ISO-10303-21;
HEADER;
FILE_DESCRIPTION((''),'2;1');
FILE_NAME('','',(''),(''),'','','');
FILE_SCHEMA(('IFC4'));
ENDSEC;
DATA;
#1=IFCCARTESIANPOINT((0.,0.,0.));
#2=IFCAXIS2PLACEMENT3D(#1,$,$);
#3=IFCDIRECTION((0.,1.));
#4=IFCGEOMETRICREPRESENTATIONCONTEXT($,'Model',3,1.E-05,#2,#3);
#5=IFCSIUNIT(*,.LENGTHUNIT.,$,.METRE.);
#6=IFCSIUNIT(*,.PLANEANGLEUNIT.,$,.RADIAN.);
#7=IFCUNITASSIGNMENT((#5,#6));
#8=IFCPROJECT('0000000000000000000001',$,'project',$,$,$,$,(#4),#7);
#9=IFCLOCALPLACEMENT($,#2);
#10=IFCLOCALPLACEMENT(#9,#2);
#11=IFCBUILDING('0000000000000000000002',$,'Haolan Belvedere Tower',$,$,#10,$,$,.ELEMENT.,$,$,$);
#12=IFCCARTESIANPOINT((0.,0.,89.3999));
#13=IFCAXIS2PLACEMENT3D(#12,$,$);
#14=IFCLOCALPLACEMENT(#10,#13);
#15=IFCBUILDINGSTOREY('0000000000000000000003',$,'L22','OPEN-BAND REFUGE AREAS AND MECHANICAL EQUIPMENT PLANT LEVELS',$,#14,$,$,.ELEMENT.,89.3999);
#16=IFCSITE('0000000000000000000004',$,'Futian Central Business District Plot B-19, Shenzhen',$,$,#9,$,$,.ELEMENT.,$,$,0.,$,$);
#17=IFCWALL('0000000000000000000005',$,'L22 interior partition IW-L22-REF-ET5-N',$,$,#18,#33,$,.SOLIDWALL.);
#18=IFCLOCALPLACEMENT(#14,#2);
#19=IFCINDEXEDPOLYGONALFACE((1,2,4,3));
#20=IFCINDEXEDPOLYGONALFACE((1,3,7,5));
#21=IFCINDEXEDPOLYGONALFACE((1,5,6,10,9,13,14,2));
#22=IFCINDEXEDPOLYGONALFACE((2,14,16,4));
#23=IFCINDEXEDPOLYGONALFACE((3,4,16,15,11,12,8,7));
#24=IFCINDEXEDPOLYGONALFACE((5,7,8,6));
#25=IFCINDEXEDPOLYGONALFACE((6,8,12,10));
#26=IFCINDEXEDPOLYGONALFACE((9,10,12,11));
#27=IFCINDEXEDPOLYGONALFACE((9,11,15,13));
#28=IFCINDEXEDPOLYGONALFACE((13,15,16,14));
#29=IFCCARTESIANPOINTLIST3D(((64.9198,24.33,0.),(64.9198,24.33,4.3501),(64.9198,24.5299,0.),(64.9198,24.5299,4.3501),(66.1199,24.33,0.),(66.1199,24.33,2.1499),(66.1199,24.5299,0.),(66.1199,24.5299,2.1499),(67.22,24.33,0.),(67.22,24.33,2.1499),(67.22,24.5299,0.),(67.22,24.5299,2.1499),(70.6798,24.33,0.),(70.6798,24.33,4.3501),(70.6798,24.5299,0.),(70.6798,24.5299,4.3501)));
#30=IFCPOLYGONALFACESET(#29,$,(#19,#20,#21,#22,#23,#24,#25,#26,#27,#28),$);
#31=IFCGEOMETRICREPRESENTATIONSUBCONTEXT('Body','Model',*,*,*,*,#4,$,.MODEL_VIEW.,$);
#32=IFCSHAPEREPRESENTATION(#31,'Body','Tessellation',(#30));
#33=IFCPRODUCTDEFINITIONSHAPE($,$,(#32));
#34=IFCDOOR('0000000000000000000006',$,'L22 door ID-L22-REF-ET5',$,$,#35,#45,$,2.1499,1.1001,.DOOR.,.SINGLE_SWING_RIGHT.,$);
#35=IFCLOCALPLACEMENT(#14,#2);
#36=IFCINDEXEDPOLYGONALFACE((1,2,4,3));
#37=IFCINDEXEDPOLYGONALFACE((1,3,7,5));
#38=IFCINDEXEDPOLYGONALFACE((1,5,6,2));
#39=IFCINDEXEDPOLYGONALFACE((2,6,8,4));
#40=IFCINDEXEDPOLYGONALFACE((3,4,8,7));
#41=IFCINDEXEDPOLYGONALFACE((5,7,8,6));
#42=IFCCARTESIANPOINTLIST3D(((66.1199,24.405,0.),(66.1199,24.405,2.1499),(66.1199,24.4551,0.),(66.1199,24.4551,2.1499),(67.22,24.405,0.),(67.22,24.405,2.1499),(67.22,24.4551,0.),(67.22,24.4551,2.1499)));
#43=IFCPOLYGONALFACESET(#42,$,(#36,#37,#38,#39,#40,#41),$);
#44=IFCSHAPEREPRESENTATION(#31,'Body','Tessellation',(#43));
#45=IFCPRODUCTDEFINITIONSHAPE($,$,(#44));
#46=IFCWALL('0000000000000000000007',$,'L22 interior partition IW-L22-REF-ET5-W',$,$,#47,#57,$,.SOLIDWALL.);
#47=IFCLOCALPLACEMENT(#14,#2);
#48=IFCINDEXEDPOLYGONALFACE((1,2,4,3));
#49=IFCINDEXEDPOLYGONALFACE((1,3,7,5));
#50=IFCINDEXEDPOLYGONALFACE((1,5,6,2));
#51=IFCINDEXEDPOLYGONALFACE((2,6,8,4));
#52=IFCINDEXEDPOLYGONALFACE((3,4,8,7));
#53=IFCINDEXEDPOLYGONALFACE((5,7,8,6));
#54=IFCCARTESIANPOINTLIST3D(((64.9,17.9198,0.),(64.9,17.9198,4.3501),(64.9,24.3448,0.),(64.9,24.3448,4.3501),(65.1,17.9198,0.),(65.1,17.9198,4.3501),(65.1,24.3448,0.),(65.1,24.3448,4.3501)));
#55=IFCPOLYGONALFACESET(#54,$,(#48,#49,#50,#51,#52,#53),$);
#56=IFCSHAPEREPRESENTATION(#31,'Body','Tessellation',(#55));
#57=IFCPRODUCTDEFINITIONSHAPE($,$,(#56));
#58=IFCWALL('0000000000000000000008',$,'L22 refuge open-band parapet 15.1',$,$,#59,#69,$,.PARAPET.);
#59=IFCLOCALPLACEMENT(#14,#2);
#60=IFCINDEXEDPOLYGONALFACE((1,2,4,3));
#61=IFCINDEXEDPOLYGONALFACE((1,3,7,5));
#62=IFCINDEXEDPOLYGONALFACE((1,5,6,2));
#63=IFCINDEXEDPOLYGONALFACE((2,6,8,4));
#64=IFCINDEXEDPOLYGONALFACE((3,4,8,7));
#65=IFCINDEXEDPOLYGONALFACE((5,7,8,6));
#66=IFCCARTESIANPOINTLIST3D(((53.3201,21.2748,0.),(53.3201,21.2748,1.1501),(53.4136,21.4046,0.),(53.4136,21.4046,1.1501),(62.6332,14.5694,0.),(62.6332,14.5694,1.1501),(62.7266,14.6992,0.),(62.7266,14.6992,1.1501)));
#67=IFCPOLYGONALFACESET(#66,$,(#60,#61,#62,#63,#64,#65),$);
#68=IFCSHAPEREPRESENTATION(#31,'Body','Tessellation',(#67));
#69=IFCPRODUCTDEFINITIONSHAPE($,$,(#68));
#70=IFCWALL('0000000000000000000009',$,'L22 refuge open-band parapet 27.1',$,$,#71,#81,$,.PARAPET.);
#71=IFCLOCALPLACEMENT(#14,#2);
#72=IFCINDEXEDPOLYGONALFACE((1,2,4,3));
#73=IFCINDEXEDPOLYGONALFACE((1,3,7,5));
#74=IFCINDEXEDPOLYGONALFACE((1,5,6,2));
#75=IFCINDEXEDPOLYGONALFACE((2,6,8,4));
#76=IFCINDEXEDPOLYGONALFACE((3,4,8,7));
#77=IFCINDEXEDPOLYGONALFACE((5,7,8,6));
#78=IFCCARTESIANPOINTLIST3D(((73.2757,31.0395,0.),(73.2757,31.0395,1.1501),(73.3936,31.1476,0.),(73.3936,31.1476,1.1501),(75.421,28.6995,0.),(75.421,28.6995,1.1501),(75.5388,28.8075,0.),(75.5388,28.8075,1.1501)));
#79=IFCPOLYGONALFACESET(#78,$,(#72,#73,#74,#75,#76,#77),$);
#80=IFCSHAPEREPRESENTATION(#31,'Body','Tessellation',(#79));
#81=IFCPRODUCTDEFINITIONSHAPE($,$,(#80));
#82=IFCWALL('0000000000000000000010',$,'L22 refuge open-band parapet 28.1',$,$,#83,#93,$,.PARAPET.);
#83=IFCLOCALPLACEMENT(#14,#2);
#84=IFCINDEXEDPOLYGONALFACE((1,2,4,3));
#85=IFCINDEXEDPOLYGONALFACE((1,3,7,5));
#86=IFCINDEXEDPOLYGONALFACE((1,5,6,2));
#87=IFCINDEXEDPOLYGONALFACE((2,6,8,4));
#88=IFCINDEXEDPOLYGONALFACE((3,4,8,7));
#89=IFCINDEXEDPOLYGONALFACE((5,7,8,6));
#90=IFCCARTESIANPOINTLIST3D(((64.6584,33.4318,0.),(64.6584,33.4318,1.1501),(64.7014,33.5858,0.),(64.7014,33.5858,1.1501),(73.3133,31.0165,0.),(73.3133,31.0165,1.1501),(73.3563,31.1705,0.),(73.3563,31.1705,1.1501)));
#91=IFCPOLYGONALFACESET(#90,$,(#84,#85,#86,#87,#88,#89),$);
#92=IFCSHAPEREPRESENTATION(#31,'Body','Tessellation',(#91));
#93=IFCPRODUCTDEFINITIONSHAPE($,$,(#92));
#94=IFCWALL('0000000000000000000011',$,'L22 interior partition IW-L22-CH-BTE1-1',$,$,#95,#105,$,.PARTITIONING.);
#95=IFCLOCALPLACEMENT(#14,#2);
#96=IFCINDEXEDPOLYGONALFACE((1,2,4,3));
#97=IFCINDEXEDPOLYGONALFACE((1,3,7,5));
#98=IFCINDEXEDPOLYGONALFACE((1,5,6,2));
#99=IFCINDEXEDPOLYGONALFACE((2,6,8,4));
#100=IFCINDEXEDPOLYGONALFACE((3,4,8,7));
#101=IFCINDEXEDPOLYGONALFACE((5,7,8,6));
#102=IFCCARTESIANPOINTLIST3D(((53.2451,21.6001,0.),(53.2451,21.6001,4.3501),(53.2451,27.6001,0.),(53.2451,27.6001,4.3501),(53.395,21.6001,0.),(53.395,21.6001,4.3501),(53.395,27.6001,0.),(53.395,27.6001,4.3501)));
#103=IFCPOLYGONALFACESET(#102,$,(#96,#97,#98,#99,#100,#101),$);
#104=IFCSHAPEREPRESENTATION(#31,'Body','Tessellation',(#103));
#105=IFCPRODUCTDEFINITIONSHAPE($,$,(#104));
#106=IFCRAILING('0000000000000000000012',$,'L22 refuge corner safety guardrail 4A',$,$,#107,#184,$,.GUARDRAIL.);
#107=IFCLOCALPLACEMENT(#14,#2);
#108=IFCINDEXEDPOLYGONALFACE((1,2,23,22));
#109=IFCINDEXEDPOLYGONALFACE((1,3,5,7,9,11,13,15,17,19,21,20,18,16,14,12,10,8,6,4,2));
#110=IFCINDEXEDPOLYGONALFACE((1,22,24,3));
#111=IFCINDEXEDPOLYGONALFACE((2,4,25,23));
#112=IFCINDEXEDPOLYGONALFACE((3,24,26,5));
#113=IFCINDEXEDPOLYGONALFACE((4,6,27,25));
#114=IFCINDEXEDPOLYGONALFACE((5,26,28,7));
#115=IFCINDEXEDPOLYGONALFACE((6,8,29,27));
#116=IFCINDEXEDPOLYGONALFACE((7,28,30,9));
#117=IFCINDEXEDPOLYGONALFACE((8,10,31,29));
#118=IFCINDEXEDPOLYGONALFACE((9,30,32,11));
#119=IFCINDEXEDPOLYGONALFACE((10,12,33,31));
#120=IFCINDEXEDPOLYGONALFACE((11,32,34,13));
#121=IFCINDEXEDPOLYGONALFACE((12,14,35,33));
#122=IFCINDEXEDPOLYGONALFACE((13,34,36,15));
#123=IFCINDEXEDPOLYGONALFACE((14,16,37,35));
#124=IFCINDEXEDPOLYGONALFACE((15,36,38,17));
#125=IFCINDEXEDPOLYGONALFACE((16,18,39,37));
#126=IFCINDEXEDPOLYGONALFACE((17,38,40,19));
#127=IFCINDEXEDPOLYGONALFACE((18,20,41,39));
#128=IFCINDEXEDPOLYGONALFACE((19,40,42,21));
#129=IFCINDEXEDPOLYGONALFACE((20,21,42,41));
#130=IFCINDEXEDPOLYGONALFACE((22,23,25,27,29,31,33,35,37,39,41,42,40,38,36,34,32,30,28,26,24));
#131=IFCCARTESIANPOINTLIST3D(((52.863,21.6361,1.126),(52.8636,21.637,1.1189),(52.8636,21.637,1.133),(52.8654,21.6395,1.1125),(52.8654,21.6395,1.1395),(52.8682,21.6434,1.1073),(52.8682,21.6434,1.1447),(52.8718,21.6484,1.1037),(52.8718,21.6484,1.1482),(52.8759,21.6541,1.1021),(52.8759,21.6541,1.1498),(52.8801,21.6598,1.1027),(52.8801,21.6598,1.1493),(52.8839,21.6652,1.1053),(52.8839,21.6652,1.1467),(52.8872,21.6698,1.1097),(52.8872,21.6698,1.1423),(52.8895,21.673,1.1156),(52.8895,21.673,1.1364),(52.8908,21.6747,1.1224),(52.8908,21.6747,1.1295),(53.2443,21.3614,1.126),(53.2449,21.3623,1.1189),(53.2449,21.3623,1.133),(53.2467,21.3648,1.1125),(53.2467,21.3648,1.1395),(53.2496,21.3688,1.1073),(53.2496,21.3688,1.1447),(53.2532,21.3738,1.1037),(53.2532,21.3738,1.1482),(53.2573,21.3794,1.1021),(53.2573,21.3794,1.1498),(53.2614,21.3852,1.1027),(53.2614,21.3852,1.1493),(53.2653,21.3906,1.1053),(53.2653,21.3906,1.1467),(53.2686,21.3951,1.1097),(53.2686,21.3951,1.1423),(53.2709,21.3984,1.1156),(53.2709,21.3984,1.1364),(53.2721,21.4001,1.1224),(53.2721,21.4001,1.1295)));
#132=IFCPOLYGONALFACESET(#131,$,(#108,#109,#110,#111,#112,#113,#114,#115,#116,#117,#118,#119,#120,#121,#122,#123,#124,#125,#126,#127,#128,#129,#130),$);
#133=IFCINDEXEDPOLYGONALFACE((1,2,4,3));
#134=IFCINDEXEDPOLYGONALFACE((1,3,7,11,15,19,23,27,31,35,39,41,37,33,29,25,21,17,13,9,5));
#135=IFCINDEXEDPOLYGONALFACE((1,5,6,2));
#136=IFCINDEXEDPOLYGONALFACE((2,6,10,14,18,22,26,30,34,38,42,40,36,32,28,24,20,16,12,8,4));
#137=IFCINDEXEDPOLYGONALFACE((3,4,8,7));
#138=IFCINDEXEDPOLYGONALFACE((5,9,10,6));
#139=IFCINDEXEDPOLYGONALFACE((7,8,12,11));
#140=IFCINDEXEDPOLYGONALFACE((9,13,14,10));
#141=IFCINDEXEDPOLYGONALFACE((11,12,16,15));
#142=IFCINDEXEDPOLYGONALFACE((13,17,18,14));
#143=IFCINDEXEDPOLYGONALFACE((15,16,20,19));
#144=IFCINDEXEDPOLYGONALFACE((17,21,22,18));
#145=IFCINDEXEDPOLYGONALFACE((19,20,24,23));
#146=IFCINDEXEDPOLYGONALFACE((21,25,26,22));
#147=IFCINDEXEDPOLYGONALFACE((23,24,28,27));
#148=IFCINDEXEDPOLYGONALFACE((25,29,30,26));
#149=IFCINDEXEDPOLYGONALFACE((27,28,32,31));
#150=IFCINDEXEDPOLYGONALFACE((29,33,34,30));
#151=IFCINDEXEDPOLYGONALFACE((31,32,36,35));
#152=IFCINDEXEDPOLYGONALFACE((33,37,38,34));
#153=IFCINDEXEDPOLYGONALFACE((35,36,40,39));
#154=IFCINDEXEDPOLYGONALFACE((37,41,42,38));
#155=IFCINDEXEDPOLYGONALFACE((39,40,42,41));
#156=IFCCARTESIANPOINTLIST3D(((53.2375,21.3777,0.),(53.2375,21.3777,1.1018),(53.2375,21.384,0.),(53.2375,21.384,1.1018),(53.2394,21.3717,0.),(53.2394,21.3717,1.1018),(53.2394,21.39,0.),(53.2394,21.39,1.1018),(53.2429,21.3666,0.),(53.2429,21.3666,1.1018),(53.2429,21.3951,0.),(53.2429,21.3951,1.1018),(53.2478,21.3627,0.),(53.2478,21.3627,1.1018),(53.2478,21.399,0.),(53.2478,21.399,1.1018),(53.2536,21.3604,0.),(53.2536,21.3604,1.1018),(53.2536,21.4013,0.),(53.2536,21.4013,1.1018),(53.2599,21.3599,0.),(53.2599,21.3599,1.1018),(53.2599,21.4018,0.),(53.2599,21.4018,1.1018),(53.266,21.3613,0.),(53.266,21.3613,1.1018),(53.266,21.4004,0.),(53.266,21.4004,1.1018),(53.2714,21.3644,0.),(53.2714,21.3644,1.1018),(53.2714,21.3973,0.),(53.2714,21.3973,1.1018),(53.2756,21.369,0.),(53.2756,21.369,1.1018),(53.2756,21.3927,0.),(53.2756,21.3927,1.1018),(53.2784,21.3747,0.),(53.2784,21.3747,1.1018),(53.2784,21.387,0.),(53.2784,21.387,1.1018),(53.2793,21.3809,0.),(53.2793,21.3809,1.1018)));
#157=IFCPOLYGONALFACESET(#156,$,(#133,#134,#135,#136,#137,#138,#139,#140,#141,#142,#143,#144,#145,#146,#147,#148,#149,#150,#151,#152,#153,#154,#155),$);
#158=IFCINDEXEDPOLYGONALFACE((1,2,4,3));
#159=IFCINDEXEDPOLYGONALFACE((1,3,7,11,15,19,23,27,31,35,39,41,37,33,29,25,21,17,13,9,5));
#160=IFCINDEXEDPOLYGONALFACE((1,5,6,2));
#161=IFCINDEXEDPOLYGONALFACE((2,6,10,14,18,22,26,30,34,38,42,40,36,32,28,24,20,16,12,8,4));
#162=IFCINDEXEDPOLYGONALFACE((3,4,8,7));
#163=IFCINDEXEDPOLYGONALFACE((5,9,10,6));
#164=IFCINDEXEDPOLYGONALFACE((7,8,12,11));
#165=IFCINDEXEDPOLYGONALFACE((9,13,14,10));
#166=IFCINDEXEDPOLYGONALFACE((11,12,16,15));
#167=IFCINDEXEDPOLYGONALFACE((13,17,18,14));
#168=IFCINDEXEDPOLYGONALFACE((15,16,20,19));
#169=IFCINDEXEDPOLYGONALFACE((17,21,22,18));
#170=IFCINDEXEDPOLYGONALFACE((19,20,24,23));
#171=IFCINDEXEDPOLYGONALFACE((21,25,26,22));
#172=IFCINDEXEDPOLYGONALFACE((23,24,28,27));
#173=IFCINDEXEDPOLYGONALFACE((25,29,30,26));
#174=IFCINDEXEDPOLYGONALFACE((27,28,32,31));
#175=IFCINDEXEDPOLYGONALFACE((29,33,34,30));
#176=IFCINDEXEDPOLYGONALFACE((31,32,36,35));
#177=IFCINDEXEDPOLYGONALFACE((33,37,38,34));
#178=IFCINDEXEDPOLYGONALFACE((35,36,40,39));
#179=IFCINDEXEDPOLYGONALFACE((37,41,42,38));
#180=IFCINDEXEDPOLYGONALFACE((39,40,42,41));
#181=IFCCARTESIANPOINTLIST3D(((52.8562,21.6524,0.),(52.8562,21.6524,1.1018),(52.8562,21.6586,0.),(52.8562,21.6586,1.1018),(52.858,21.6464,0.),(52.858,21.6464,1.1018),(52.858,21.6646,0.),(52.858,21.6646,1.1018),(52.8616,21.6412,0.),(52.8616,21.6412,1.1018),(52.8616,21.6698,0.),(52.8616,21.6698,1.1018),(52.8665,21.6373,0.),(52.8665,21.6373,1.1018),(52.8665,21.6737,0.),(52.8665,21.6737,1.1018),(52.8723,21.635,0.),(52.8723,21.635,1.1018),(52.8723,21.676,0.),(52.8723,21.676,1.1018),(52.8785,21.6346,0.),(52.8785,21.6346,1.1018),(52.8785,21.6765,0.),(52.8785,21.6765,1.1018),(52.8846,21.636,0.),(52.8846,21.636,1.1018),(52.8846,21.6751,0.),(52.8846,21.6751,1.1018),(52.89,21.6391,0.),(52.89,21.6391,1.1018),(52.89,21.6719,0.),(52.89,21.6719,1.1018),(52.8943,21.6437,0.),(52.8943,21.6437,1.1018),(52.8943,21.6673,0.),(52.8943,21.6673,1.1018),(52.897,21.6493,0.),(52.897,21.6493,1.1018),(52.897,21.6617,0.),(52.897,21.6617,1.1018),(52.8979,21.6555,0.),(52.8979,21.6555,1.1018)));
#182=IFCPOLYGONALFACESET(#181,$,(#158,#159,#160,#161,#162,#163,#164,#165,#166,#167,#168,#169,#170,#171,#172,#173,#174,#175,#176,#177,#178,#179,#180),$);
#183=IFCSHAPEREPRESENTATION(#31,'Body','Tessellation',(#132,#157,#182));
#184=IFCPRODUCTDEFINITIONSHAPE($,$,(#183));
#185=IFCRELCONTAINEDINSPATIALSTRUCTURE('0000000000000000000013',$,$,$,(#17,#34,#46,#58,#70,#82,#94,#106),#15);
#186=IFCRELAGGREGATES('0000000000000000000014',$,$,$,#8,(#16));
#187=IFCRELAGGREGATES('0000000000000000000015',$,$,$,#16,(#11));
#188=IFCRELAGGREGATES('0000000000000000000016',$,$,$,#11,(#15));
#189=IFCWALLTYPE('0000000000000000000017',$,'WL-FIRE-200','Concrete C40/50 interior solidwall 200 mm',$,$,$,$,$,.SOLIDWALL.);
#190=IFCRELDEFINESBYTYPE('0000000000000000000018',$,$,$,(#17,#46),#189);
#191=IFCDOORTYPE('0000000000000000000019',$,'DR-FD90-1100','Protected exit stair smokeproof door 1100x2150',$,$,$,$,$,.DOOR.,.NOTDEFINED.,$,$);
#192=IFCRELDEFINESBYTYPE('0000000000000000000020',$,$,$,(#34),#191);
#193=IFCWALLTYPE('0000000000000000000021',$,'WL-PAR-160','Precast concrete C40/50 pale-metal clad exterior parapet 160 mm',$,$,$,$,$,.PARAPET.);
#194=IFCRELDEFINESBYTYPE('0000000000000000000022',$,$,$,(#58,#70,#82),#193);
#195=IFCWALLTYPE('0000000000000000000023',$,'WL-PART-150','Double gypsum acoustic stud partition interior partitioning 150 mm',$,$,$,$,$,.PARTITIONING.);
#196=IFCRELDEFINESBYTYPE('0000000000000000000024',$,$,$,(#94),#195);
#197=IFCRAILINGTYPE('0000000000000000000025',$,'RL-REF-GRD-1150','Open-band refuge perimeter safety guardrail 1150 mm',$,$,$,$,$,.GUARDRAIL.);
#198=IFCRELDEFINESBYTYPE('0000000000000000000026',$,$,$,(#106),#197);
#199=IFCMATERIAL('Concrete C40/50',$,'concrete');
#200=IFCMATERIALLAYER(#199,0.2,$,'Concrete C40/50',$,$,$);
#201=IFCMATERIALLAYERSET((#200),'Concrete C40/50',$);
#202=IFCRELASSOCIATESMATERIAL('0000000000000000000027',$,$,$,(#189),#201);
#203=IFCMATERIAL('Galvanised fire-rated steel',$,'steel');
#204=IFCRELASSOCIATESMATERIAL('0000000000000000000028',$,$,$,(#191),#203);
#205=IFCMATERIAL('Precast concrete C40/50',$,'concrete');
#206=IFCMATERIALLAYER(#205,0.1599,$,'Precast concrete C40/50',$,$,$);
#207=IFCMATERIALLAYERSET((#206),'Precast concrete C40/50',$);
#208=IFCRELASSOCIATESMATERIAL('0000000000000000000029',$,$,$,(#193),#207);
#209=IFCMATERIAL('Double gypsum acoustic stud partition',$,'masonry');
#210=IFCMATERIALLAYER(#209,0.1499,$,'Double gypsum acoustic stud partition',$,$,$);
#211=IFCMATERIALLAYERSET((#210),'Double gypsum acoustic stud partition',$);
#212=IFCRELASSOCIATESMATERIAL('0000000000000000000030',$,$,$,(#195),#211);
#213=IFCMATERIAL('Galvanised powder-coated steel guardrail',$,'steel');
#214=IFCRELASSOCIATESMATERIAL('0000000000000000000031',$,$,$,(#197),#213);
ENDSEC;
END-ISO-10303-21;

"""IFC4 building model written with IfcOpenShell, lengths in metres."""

from ifc_helpers import new_model, si_unit, direction, frame, frame_2d, origin, origin_2d, place, context, subcontext, project, spatial, rectangle, circle, extrude, material, layer, layer_set, type_object, element, fill, save


model = new_model("IFC4")

# Units and contexts
model_context = context("Model", 3, precision=1e-05, world=origin(), true_north=direction((0.0, 1.0)))
body_context = subcontext(model_context, "Body", "Model", "MODEL_VIEW")
ifc_project = project(units=[si_unit("LENGTHUNIT", "METRE"), si_unit("PLANEANGLEUNIT", "RADIAN")], contexts=[model_context])

# Site, building, storey
site_placement = place(None, origin())
site = spatial("IfcSite", under=ifc_project, at=site_placement, Name="Futian Central Business District Plot B-19, Shenzhen", CompositionType="ELEMENT", RefElevation=0.0)
building_placement = place(site_placement, origin())
building = spatial("IfcBuilding", under=site, at=building_placement, Name="Haolan Belvedere Tower", CompositionType="ELEMENT")
storey_placement = place(building_placement, frame((0.0, 0.0, 89.3999)))
storey = spatial("IfcBuildingStorey", under=building, at=storey_placement, Name="L22", Description="OPEN-BAND REFUGE AREAS AND MECHANICAL EQUIPMENT PLANT LEVELS", CompositionType="ELEMENT", Elevation=89.3999)

# Shared definitions
ifc_material_1 = material(Name="Concrete C40/50", Category="concrete")
ifc_layer_1 = layer(ifc_material_1, 0.2, Name="Concrete C40/50")
ifc_layer_set_1 = layer_set([ifc_layer_1], Name="Concrete C40/50")
wall_type_1 = type_object("IfcWallType", Name="WL-FIRE-200", Description="Concrete C40/50 interior solidwall 200 mm", PredefinedType="SOLIDWALL", material=ifc_layer_set_1)
ifc_material_2 = material(Name="Galvanised fire-rated steel", Category="steel")

# Wall, opening, door
door_type_1 = type_object("IfcDoorType", Name="DR-FD90-1100", Description="Protected exit stair smokeproof door 1100x2150", OperationType="NOTDEFINED", PredefinedType="DOOR", material=ifc_material_2)
wall_1_placement = place(storey_placement, frame((64.9199, 24.4299, 0.0), z_axis=(0.0, 0.0, 1.0), x_axis=(1.0, 0.0, 0.0)))
wall_1 = element("IfcWall", 1, at=wall_1_placement, inside=storey, type_object=wall_type_1, Name="L22 interior partition IW-L22-REF-ET5-N", PredefinedType="SOLIDWALL", context=body_context, shape_type="SweptSolid", body=[
    extrude(rectangle(XDim=5.76, YDim=0.2, at=frame_2d((2.8799, 0.0))), origin(), (0.0, 0.0, 1.0), 4.3501),
])
opening_1_placement = place(wall_1_placement, frame((2.3, 0.0, 0.0), z_axis=(0.0, 0.0, 1.0), x_axis=(-1.0, 0.0, 0.0)))
opening_1 = element("IfcOpeningElement", 2, at=opening_1_placement, cuts=wall_1, PredefinedType="OPENING", context=body_context, shape_type="SweptSolid", body=[
    extrude(rectangle(XDim=1.1001, YDim=2.1499, at=frame_2d((0.55, 1.075))), frame((0.0, 0.1099, 0.0), z_axis=(0.0, -1.0, 0.0), x_axis=(1.0, 0.0, 0.0)), (0.0, 0.0, 1.0), 0.22),
])
door_1_placement = place(opening_1_placement, origin())
door_1 = element("IfcDoor", 3, at=door_1_placement, inside=storey, type_object=door_type_1, Name="L22 door ID-L22-REF-ET5", OperationType="SINGLE_SWING_RIGHT", OverallHeight=2.1499, OverallWidth=1.1001, PredefinedType="DOOR", context=body_context, shape_type="SweptSolid", body=[
    extrude(rectangle(XDim=1.1001, YDim=2.1499, at=frame_2d((0.55, 1.075))), frame((0.0, 0.0249, 0.0), z_axis=(0.0, -1.0, 0.0), x_axis=(1.0, 0.0, 0.0)), (0.0, 0.0, 1.0), 0.05),
])
fill(opening_1, door_1)

# Walls
wall_2_placement = place(storey_placement, frame((65.0, 17.9199, 0.0), z_axis=(0.0, 0.0, 1.0), x_axis=(0.0, 1.0, 0.0)))
element("IfcWall", 4, at=wall_2_placement, inside=storey, type_object=wall_type_1, Name="L22 interior partition IW-L22-REF-ET5-W", PredefinedType="SOLIDWALL", context=body_context, shape_type="SweptSolid", body=[
    extrude(rectangle(XDim=6.425, YDim=0.2, at=frame_2d((3.2124, 0.0))), origin(), (0.0, 0.0, 1.0), 4.3501),
])
ifc_material_3 = material(Name="Precast concrete C40/50", Category="concrete")
ifc_layer_2 = layer(ifc_material_3, 0.1599, Name="Precast concrete C40/50")
ifc_layer_set_2 = layer_set([ifc_layer_2], Name="Precast concrete C40/50")
wall_type_2 = type_object("IfcWallType", Name="WL-PAR-160", Description="Precast concrete C40/50 pale-metal clad exterior parapet 160 mm", PredefinedType="PARAPET", material=ifc_layer_set_2)
wall_3_placement = place(storey_placement, frame((53.3669, 21.3396, 0.0), z_axis=(0.0, 0.0, 1.0), x_axis=(0.811536, -0.584303, 0.0)))
element("IfcWall", 5, at=wall_3_placement, inside=storey, type_object=wall_type_2, Name="L22 refuge open-band parapet 15.1", PredefinedType="PARAPET", context=body_context, shape_type="SweptSolid", body=[
    extrude(rectangle(XDim=11.4758, YDim=0.1599, at=frame_2d((5.7378, 0.0))), origin(), (0.0, 0.0, 1.0), 1.1501),
])
wall_4_placement = place(storey_placement, frame((75.48, 28.7534, 0.0), z_axis=(0.0, 0.0, 1.0), x_axis=(-0.675756, 0.737125, 0.0)))
element("IfcWall", 6, at=wall_4_placement, inside=storey, type_object=wall_type_2, Name="L22 refuge open-band parapet 27.1", PredefinedType="PARAPET", context=body_context, shape_type="SweptSolid", body=[
    extrude(rectangle(XDim=3.1746, YDim=0.1599, at=frame_2d((1.5874, 0.0))), origin(), (0.0, 0.0, 1.0), 1.1501),
])
wall_5_placement = place(storey_placement, frame((73.3347, 31.0935, 0.0), z_axis=(0.0, 0.0, 1.0), x_axis=(-0.963196, 0.268798, 0.0)))
element("IfcWall", 7, at=wall_5_placement, inside=storey, type_object=wall_type_2, Name="L22 refuge open-band parapet 28.1", PredefinedType="PARAPET", context=body_context, shape_type="SweptSolid", body=[
    extrude(rectangle(XDim=8.9856, YDim=0.1599, at=frame_2d((4.4927, 0.0))), origin(), (0.0, 0.0, 1.0), 1.1501),
])
ifc_material_4 = material(Name="Double gypsum acoustic stud partition", Category="masonry")
ifc_layer_3 = layer(ifc_material_4, 0.1499, Name="Double gypsum acoustic stud partition")
ifc_layer_set_3 = layer_set([ifc_layer_3], Name="Double gypsum acoustic stud partition")
wall_type_3 = type_object("IfcWallType", Name="WL-PART-150", Description="Double gypsum acoustic stud partition interior partitioning 150 mm", PredefinedType="PARTITIONING", material=ifc_layer_set_3)
wall_6_placement = place(storey_placement, frame((53.3201, 21.6001, 0.0), z_axis=(0.0, 0.0, 1.0), x_axis=(0.0, 1.0, 0.0)))
element("IfcWall", 8, at=wall_6_placement, inside=storey, type_object=wall_type_3, Name="L22 interior partition IW-L22-CH-BTE1-1", PredefinedType="PARTITIONING", context=body_context, shape_type="SweptSolid", body=[
    extrude(rectangle(XDim=6.0, YDim=0.1499, at=frame_2d((3.0, 0.0))), origin(), (0.0, 0.0, 1.0), 4.3501),
])

# Railing
ifc_material_5 = material(Name="Galvanised powder-coated steel guardrail", Category="steel")
railing_type = type_object("IfcRailingType", Name="RL-REF-GRD-1150", Description="Open-band refuge perimeter safety guardrail 1150 mm", PredefinedType="GUARDRAIL", material=ifc_material_5)
railing_placement = place(storey_placement, frame((53.2583, 21.3809, 0.0)))
element("IfcRailing", 9, at=railing_placement, inside=storey, type_object=railing_type, Name="L22 refuge corner safety guardrail 4A", PredefinedType="GUARDRAIL", context=body_context, shape_type="SweptSolid", body=[
    extrude(circle(Radius=0.0239, at=origin_2d()), frame((0.0, 0.0, 1.126), z_axis=(-0.811446, 0.584428, 0.0), x_axis=(-0.584428, -0.811446, 0.0)), (0.0, 0.0, 1.0), 0.47),
    extrude(circle(Radius=0.021, at=origin_2d()), origin(), (0.0, 0.0, 1.0), 1.1018),
    extrude(circle(Radius=0.021, at=origin_2d()), frame((-0.3813, 0.2747, 0.0)), (0.0, 0.0, 1.0), 1.1018),
])

save(model, "model.ifc")
